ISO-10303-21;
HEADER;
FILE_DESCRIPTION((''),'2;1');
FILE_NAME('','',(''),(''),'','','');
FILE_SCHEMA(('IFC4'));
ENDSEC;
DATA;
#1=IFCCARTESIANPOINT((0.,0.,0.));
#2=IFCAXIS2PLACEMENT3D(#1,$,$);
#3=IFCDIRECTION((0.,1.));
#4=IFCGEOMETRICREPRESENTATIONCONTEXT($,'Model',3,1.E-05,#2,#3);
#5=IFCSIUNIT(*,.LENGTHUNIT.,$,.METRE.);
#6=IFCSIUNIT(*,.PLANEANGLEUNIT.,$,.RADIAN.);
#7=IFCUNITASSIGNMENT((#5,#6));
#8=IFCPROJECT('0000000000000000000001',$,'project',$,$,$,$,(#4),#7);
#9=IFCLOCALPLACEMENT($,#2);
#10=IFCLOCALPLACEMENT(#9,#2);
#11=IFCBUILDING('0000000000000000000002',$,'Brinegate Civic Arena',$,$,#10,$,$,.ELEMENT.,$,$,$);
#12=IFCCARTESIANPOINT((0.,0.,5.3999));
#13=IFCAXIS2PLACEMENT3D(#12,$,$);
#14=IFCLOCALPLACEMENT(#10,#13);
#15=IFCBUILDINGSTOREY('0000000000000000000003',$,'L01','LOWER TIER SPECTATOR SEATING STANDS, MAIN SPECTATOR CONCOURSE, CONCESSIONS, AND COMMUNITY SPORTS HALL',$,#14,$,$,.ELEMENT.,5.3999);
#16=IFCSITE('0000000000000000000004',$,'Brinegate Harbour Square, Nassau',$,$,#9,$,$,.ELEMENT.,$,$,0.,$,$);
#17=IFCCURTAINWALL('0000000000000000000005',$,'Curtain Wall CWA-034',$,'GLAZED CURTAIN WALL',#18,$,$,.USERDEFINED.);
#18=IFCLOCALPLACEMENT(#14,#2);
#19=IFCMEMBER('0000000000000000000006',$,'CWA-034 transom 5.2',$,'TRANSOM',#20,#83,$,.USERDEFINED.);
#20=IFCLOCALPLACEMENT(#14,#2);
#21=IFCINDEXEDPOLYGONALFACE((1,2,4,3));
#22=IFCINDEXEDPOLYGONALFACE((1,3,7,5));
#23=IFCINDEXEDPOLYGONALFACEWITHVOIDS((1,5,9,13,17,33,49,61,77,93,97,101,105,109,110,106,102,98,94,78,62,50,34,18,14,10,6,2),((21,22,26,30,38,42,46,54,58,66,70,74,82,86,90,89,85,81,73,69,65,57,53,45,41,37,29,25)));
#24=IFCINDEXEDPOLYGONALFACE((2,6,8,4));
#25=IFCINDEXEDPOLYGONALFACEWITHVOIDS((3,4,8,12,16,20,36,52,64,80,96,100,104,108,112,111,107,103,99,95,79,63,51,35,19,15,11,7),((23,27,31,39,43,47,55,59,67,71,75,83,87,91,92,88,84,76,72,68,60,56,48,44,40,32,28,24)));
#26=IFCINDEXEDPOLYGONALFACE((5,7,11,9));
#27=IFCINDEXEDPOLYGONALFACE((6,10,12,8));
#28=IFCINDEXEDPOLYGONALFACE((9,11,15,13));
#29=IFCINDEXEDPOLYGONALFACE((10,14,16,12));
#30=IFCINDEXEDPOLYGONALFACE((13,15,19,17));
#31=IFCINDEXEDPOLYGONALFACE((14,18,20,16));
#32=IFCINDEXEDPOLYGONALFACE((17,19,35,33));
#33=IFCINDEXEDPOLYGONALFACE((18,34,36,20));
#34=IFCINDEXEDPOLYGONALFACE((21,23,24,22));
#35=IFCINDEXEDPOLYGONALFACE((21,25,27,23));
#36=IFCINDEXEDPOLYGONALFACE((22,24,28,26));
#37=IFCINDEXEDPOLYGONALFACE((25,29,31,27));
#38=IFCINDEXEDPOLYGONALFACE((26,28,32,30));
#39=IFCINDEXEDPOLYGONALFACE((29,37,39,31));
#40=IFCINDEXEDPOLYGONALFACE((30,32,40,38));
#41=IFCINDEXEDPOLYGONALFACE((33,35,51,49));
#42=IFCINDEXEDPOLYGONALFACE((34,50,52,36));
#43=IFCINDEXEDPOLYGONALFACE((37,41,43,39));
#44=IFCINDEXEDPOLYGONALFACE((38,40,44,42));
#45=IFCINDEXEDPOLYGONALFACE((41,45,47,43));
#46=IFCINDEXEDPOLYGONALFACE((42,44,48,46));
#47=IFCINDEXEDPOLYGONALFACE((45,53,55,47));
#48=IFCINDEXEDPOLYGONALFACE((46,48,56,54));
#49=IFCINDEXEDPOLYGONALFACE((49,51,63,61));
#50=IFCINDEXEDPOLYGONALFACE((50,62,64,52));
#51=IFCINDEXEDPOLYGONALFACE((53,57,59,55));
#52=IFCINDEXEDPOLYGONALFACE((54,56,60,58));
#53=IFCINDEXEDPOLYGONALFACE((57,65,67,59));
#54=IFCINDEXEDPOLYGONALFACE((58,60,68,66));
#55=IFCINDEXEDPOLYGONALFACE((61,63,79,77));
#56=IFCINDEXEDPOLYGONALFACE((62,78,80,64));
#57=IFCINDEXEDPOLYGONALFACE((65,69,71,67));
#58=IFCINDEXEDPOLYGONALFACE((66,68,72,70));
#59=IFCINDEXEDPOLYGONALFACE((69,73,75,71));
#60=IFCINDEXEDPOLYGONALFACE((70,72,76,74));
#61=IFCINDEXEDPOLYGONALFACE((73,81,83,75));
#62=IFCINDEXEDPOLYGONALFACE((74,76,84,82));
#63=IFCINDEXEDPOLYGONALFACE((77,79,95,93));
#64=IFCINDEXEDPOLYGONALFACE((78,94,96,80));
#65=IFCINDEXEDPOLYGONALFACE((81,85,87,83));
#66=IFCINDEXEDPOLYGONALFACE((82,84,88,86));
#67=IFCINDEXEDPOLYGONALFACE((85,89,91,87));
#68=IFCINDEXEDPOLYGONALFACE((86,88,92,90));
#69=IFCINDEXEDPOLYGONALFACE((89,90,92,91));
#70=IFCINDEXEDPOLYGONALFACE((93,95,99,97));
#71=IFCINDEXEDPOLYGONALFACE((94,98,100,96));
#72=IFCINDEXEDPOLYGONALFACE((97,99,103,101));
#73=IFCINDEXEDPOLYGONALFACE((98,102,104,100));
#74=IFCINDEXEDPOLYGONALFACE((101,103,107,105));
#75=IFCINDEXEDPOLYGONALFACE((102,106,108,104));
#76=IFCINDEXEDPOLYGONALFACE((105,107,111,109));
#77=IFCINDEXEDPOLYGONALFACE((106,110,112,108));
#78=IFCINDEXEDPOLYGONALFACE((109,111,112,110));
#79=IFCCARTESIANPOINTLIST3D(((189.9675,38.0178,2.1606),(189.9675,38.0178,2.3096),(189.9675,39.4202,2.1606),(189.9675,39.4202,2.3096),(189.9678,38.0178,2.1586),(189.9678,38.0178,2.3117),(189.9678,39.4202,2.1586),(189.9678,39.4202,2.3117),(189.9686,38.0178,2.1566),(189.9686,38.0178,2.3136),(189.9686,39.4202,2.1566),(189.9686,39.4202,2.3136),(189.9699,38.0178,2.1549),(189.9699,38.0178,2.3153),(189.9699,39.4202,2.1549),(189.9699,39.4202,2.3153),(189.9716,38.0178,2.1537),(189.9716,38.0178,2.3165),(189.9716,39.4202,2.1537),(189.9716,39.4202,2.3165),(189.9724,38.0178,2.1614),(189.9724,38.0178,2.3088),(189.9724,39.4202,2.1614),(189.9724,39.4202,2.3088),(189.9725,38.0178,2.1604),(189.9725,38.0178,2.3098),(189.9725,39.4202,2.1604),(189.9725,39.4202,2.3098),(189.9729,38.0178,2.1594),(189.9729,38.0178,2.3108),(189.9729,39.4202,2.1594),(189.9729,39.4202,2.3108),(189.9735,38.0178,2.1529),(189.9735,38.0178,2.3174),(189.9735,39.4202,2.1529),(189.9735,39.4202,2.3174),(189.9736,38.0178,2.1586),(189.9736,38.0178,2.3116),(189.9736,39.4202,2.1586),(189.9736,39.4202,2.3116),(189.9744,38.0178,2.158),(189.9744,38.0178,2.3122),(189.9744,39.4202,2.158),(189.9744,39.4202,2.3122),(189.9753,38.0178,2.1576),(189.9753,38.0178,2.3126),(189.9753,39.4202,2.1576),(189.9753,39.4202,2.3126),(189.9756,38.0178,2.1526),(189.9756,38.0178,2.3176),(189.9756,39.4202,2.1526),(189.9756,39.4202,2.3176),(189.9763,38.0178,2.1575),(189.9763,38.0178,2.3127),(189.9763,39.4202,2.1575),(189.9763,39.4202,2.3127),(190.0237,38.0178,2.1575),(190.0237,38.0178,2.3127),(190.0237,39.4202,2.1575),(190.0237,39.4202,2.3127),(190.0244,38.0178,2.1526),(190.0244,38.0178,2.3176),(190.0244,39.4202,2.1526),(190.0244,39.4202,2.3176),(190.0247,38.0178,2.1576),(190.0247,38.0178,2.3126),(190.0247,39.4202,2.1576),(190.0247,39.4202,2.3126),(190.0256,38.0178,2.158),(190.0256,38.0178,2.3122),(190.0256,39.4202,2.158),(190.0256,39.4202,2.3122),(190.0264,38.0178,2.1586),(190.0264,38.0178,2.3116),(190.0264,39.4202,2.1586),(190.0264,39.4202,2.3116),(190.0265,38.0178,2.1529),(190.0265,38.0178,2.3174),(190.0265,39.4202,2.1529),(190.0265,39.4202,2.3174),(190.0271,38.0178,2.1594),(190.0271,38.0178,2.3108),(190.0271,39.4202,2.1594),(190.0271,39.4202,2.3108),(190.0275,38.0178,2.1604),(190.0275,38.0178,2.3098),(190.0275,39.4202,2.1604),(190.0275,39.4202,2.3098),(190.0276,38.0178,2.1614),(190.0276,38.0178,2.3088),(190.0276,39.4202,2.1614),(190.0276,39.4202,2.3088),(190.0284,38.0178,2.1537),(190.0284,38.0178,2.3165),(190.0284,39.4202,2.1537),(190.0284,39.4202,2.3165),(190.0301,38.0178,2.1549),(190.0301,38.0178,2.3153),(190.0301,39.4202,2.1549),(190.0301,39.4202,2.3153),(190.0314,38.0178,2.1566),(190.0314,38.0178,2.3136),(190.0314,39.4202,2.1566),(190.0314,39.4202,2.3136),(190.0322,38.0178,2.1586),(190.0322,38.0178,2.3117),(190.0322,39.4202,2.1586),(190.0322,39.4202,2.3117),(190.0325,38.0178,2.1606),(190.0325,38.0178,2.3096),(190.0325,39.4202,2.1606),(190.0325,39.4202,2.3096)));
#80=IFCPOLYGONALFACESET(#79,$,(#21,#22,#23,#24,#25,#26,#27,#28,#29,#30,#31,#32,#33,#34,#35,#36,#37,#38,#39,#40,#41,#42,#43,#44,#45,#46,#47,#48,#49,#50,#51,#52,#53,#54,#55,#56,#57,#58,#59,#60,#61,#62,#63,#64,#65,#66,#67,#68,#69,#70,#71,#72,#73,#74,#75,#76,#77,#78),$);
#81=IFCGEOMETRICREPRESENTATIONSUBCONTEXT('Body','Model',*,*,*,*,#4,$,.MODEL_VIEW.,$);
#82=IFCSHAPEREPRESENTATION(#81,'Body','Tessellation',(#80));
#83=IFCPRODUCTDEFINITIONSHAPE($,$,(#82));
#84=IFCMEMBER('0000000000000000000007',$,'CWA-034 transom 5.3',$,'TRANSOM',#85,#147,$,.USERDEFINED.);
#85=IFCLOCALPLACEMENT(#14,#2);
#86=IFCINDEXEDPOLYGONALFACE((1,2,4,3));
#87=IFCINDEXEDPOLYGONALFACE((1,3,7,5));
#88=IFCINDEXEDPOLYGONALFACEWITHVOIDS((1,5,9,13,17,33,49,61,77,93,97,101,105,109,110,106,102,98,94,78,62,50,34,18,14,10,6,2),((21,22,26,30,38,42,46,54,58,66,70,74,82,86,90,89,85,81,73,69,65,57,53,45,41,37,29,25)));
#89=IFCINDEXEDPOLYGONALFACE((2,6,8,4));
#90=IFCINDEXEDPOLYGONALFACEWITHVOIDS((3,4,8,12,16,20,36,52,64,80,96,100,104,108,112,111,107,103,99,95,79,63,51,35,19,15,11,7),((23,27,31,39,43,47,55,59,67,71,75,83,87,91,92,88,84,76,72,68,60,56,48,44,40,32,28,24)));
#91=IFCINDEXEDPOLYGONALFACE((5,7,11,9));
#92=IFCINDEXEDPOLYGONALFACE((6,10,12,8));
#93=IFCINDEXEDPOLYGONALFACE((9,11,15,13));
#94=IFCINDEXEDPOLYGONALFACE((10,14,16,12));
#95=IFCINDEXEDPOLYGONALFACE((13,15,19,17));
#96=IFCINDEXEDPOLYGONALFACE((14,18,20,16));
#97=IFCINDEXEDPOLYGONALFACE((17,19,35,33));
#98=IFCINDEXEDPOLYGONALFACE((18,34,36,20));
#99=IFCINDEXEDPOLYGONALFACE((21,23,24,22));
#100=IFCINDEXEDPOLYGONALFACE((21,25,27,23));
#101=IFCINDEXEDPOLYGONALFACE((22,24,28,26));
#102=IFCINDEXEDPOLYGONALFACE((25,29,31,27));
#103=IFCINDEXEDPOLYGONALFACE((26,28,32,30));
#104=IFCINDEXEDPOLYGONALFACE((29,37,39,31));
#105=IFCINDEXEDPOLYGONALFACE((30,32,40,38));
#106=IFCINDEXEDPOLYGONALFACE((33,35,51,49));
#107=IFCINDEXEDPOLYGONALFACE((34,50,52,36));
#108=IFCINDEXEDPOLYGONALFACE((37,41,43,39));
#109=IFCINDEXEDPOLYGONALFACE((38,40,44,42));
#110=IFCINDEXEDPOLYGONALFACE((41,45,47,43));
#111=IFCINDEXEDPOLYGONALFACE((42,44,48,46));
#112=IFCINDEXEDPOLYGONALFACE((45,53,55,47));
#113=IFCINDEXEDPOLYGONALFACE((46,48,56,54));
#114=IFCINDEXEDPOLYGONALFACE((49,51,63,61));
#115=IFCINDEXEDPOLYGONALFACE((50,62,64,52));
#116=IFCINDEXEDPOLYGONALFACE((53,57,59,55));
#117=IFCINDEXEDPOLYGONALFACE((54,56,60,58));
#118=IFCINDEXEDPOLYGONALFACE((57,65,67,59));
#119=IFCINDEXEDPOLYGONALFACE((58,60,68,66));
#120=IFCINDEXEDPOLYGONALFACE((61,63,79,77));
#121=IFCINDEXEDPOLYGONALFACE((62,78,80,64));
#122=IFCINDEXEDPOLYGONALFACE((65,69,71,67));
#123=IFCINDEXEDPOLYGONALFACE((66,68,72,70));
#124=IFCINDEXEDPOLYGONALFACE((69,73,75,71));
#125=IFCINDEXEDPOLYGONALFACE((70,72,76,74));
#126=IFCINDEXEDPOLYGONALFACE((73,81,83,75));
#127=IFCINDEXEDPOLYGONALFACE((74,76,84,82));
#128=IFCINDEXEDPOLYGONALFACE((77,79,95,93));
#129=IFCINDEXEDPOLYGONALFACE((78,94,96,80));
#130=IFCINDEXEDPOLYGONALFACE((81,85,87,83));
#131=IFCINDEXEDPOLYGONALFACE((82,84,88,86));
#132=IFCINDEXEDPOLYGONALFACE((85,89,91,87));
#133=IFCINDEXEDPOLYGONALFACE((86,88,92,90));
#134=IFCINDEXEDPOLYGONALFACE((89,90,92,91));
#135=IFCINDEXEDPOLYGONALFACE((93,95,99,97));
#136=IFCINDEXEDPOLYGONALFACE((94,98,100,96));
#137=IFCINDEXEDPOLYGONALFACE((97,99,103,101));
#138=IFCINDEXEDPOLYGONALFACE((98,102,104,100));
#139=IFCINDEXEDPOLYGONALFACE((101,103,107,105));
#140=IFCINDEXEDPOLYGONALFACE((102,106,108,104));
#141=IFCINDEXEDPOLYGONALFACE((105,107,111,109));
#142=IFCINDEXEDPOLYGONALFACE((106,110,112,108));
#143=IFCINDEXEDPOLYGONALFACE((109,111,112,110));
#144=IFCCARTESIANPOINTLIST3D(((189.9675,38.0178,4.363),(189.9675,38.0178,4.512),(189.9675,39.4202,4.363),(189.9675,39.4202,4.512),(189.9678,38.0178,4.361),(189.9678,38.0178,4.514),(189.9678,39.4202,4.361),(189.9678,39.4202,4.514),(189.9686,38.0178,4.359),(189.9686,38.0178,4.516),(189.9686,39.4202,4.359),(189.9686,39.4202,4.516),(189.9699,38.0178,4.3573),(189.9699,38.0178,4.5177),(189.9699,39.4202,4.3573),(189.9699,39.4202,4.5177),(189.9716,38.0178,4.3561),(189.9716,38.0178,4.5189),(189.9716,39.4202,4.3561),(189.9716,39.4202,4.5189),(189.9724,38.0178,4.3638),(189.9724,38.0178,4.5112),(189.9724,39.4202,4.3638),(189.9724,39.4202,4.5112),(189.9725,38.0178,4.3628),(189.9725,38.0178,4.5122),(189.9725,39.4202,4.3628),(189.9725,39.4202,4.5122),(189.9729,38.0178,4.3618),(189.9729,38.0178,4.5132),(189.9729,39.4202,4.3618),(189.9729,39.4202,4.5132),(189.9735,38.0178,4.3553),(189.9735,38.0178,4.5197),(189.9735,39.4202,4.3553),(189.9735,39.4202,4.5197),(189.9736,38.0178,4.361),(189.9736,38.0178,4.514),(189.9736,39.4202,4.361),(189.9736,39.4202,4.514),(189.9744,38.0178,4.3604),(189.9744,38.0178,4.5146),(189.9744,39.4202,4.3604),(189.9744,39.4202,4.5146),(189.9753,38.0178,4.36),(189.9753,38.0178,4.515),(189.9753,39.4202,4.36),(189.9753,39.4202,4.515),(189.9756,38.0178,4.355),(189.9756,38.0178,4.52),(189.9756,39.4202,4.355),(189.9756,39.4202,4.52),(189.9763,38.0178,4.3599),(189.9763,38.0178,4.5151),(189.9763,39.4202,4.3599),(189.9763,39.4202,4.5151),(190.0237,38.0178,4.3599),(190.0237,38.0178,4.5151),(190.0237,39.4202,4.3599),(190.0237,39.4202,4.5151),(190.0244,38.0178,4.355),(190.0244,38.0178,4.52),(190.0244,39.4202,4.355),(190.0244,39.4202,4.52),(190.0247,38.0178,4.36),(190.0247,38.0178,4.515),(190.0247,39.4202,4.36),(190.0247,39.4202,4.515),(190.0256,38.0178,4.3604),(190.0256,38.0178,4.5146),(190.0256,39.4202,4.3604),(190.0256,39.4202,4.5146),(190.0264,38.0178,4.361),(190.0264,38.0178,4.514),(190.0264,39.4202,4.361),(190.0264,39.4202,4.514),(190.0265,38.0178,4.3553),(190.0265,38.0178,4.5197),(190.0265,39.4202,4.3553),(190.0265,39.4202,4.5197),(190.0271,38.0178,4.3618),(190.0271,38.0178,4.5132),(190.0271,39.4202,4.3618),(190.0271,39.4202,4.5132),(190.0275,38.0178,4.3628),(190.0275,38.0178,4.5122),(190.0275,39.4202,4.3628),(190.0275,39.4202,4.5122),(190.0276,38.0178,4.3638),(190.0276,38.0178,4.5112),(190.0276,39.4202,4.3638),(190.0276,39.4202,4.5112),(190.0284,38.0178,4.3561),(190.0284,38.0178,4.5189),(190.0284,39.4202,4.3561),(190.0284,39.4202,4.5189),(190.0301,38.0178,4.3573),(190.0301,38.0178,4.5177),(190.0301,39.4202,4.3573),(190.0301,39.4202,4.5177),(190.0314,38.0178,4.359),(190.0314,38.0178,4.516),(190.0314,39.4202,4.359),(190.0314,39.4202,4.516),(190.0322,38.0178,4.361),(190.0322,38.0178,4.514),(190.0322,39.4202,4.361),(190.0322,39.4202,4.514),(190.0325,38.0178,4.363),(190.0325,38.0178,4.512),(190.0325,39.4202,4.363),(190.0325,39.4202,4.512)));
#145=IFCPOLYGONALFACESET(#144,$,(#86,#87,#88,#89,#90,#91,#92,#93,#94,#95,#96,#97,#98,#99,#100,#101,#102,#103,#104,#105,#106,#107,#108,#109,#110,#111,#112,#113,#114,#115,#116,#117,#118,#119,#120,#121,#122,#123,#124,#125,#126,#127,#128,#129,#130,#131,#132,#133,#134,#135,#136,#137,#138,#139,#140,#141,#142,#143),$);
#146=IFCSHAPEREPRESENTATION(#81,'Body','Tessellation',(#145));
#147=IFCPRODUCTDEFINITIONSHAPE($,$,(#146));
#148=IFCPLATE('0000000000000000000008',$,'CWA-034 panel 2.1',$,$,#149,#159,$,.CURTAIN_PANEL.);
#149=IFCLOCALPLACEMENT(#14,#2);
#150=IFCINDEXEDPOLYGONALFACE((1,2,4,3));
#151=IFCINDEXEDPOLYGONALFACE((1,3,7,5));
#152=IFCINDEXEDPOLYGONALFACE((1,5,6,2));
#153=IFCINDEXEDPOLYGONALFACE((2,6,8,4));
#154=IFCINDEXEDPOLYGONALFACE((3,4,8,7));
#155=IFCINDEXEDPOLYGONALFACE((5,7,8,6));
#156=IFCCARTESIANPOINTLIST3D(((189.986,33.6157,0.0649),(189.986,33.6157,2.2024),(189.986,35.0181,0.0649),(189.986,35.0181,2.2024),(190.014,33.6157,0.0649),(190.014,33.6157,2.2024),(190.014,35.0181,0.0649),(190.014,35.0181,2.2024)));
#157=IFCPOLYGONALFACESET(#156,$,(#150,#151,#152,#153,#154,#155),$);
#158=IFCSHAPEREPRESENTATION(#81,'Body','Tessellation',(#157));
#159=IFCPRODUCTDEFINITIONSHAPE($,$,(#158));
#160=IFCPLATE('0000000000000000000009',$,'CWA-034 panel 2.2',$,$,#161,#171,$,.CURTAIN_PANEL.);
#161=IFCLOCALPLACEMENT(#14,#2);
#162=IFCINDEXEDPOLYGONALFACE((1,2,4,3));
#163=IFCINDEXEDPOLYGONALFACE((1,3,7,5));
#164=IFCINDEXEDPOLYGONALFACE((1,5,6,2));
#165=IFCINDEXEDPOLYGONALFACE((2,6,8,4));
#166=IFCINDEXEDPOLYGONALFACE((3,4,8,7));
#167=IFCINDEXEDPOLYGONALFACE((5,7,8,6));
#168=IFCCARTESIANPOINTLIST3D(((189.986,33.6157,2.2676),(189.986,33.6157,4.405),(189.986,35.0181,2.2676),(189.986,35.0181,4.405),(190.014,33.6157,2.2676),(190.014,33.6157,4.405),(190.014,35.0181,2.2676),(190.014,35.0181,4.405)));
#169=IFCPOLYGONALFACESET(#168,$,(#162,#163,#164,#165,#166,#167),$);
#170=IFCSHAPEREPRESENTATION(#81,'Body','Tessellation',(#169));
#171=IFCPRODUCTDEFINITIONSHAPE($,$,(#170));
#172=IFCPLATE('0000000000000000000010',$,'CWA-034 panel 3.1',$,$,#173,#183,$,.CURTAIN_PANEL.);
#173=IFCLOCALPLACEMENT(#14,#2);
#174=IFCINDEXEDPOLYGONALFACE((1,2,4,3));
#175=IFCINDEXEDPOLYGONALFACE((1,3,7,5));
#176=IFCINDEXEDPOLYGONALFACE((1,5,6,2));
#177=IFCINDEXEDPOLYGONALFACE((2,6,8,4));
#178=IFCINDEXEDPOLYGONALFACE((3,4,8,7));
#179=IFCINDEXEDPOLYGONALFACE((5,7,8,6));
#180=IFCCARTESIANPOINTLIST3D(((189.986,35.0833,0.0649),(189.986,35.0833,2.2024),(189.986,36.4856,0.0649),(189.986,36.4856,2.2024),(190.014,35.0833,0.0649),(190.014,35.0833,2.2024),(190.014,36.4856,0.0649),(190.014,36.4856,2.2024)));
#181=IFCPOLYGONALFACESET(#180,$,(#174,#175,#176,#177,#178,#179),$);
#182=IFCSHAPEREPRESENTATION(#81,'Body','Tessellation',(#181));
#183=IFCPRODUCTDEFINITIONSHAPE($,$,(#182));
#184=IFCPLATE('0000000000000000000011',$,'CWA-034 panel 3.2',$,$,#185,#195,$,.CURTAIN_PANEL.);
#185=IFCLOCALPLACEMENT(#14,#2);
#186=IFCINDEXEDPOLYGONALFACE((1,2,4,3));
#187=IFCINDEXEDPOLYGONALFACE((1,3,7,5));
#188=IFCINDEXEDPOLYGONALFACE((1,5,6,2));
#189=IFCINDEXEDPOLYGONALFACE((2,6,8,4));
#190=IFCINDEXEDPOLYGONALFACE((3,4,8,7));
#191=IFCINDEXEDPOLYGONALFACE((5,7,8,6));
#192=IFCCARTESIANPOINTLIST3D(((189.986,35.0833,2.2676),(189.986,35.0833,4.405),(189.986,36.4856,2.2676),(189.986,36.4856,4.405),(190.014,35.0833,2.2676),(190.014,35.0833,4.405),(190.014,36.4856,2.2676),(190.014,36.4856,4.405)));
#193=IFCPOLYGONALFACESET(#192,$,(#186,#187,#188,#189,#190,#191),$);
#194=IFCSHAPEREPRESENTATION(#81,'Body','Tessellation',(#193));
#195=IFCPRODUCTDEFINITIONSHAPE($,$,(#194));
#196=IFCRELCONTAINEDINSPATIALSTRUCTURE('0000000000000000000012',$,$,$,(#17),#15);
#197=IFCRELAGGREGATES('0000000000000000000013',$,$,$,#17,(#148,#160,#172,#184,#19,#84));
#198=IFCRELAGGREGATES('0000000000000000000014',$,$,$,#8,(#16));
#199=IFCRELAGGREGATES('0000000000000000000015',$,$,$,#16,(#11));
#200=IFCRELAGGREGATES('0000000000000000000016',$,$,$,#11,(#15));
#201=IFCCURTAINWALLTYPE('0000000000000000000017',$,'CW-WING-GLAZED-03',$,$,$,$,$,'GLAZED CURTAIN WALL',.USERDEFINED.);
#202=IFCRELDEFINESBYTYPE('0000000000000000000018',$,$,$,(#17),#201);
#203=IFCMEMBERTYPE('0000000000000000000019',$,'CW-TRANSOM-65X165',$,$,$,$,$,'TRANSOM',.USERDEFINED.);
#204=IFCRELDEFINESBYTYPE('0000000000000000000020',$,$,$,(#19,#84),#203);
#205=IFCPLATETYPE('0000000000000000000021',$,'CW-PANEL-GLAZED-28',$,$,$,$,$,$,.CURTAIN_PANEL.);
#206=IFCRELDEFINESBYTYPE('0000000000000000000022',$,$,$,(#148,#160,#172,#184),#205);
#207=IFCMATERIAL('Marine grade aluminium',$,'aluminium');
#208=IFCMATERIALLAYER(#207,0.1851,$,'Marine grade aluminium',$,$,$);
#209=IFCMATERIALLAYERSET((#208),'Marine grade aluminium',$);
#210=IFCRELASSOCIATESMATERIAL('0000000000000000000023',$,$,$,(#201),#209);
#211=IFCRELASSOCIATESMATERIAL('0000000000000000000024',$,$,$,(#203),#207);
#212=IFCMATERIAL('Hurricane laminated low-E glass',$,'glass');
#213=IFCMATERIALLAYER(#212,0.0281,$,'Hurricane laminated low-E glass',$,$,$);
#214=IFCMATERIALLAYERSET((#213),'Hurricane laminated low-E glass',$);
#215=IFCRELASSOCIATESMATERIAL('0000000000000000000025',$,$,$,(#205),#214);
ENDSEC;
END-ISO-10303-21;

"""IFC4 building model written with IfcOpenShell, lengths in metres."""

from ifc_helpers import new_model, si_unit, direction, frame, origin, origin_2d, place, context, subcontext, project, spatial, rectangle, hollow_rectangle, extrude, material, layer, layer_set, material_profile, profile_set, type_object, element, aggregate, save


model = new_model("IFC4")

# Units and contexts
model_context = context("Model", 3, precision=1e-05, world=origin(), true_north=direction((0.0, 1.0)))
body_context = subcontext(model_context, "Body", "Model", "MODEL_VIEW")
ifc_project = project(units=[si_unit("LENGTHUNIT", "METRE"), si_unit("PLANEANGLEUNIT", "RADIAN")], contexts=[model_context])

# Site, building, storey
site_placement = place(None, origin())
site = spatial("IfcSite", under=ifc_project, at=site_placement, Name="Brinegate Harbour Square, Nassau", CompositionType="ELEMENT", RefElevation=0.0)
building_placement = place(site_placement, origin())
building = spatial("IfcBuilding", under=site, at=building_placement, Name="Brinegate Civic Arena", CompositionType="ELEMENT")
storey_placement = place(building_placement, frame((0.0, 0.0, 5.3999)))
storey = spatial("IfcBuildingStorey", under=building, at=storey_placement, Name="L01", Description="LOWER TIER SPECTATOR SEATING STANDS, MAIN SPECTATOR CONCOURSE, CONCESSIONS, AND COMMUNITY SPORTS HALL", CompositionType="ELEMENT", Elevation=5.3999)

# Curtain wall, members, plates
ifc_material_1 = material(Name="Marine grade aluminium", Category="aluminium")
ifc_layer_1 = layer(ifc_material_1, 0.1851, Name="Marine grade aluminium")
ifc_layer_set_1 = layer_set([ifc_layer_1], Name="Marine grade aluminium")
curtain_wall_type = type_object("IfcCurtainWallType", Name="CW-WING-GLAZED-03", ElementType="GLAZED CURTAIN WALL", PredefinedType="USERDEFINED", material=ifc_layer_set_1)
curtain_wall_placement = place(storey_placement, origin())
curtain_wall = element("IfcCurtainWall", 1, at=curtain_wall_placement, inside=storey, type_object=curtain_wall_type, Name="Curtain Wall CWA-034", ObjectType="GLAZED CURTAIN WALL", PredefinedType="USERDEFINED")
ifc_material_profile_1 = material_profile(ifc_material_1, hollow_rectangle(XDim=0.0649, YDim=0.165, WallThickness=0.0049, InnerFilletRadius=0.0039, OuterFilletRadius=0.0081, at=origin_2d()), Name="TRN65X165")
ifc_profile_set_1 = profile_set([ifc_material_profile_1], Name="Marine grade aluminium")
member_type_1 = type_object("IfcMemberType", Name="CW-TRANSOM-65X165", ElementType="TRANSOM", PredefinedType="USERDEFINED", material=ifc_profile_set_1)
member_1_placement = place(storey_placement, frame((190.0, 38.0178, 2.2351), z_axis=(0.0, 1.0, 0.0), x_axis=(-1.0, 0.0, 0.0)))
member_1 = element("IfcMember", 2, at=member_1_placement, type_object=member_type_1, Name="CWA-034 transom 5.2", ObjectType="TRANSOM", PredefinedType="USERDEFINED", context=body_context, shape_type="SweptSolid", body=[
    extrude(hollow_rectangle(XDim=0.0649, YDim=0.165, WallThickness=0.0049, InnerFilletRadius=0.0039, OuterFilletRadius=0.0081, at=origin_2d()), origin(), (0.0, 0.0, 1.0), 1.4023),
])
member_2_placement = place(storey_placement, frame((190.0, 38.0178, 4.4375), z_axis=(0.0, 1.0, 0.0), x_axis=(-1.0, 0.0, 0.0)))
member_2 = element("IfcMember", 3, at=member_2_placement, type_object=member_type_1, Name="CWA-034 transom 5.3", ObjectType="TRANSOM", PredefinedType="USERDEFINED", context=body_context, shape_type="SweptSolid", body=[
    extrude(hollow_rectangle(XDim=0.0649, YDim=0.165, WallThickness=0.0049, InnerFilletRadius=0.0039, OuterFilletRadius=0.0081, at=origin_2d()), origin(), (0.0, 0.0, 1.0), 1.4023),
])
ifc_material_2 = material(Name="Hurricane laminated low-E glass", Category="glass")
ifc_layer_2 = layer(ifc_material_2, 0.0281, Name="Hurricane laminated low-E glass")
ifc_layer_set_2 = layer_set([ifc_layer_2], Name="Hurricane laminated low-E glass")
plate_type = type_object("IfcPlateType", Name="CW-PANEL-GLAZED-28", PredefinedType="CURTAIN_PANEL", material=ifc_layer_set_2)
plate_1_placement = place(storey_placement, frame((190.0, 34.3169, 0.0649), z_axis=(0.0, 0.0, 1.0), x_axis=(0.0, 1.0, 0.0)))
plate_1 = element("IfcPlate", 4, at=plate_1_placement, type_object=plate_type, Name="CWA-034 panel 2.1", PredefinedType="CURTAIN_PANEL", context=body_context, shape_type="SweptSolid", body=[
    extrude(rectangle(XDim=1.4023, YDim=0.0281, at=origin_2d()), origin(), (0.0, 0.0, 1.0), 2.1375),
])
plate_2_placement = place(storey_placement, frame((190.0, 34.3169, 2.2676), z_axis=(0.0, 0.0, 1.0), x_axis=(0.0, 1.0, 0.0)))
plate_2 = element("IfcPlate", 5, at=plate_2_placement, type_object=plate_type, Name="CWA-034 panel 2.2", PredefinedType="CURTAIN_PANEL", context=body_context, shape_type="SweptSolid", body=[
    extrude(rectangle(XDim=1.4023, YDim=0.0281, at=origin_2d()), origin(), (0.0, 0.0, 1.0), 2.1375),
])
plate_3_placement = place(storey_placement, frame((190.0, 35.7844, 0.0649), z_axis=(0.0, 0.0, 1.0), x_axis=(0.0, 1.0, 0.0)))
plate_3 = element("IfcPlate", 6, at=plate_3_placement, type_object=plate_type, Name="CWA-034 panel 3.1", PredefinedType="CURTAIN_PANEL", context=body_context, shape_type="SweptSolid", body=[
    extrude(rectangle(XDim=1.4023, YDim=0.0281, at=origin_2d()), origin(), (0.0, 0.0, 1.0), 2.1375),
])
plate_4_placement = place(storey_placement, frame((190.0, 35.7844, 2.2676), z_axis=(0.0, 0.0, 1.0), x_axis=(0.0, 1.0, 0.0)))
plate_4 = element("IfcPlate", 7, at=plate_4_placement, type_object=plate_type, Name="CWA-034 panel 3.2", PredefinedType="CURTAIN_PANEL", context=body_context, shape_type="SweptSolid", body=[
    extrude(rectangle(XDim=1.4023, YDim=0.0281, at=origin_2d()), origin(), (0.0, 0.0, 1.0), 2.1375),
])
aggregate(curtain_wall, [plate_1, plate_2, plate_3, plate_4, member_1, member_2])

save(model, "model.ifc")
